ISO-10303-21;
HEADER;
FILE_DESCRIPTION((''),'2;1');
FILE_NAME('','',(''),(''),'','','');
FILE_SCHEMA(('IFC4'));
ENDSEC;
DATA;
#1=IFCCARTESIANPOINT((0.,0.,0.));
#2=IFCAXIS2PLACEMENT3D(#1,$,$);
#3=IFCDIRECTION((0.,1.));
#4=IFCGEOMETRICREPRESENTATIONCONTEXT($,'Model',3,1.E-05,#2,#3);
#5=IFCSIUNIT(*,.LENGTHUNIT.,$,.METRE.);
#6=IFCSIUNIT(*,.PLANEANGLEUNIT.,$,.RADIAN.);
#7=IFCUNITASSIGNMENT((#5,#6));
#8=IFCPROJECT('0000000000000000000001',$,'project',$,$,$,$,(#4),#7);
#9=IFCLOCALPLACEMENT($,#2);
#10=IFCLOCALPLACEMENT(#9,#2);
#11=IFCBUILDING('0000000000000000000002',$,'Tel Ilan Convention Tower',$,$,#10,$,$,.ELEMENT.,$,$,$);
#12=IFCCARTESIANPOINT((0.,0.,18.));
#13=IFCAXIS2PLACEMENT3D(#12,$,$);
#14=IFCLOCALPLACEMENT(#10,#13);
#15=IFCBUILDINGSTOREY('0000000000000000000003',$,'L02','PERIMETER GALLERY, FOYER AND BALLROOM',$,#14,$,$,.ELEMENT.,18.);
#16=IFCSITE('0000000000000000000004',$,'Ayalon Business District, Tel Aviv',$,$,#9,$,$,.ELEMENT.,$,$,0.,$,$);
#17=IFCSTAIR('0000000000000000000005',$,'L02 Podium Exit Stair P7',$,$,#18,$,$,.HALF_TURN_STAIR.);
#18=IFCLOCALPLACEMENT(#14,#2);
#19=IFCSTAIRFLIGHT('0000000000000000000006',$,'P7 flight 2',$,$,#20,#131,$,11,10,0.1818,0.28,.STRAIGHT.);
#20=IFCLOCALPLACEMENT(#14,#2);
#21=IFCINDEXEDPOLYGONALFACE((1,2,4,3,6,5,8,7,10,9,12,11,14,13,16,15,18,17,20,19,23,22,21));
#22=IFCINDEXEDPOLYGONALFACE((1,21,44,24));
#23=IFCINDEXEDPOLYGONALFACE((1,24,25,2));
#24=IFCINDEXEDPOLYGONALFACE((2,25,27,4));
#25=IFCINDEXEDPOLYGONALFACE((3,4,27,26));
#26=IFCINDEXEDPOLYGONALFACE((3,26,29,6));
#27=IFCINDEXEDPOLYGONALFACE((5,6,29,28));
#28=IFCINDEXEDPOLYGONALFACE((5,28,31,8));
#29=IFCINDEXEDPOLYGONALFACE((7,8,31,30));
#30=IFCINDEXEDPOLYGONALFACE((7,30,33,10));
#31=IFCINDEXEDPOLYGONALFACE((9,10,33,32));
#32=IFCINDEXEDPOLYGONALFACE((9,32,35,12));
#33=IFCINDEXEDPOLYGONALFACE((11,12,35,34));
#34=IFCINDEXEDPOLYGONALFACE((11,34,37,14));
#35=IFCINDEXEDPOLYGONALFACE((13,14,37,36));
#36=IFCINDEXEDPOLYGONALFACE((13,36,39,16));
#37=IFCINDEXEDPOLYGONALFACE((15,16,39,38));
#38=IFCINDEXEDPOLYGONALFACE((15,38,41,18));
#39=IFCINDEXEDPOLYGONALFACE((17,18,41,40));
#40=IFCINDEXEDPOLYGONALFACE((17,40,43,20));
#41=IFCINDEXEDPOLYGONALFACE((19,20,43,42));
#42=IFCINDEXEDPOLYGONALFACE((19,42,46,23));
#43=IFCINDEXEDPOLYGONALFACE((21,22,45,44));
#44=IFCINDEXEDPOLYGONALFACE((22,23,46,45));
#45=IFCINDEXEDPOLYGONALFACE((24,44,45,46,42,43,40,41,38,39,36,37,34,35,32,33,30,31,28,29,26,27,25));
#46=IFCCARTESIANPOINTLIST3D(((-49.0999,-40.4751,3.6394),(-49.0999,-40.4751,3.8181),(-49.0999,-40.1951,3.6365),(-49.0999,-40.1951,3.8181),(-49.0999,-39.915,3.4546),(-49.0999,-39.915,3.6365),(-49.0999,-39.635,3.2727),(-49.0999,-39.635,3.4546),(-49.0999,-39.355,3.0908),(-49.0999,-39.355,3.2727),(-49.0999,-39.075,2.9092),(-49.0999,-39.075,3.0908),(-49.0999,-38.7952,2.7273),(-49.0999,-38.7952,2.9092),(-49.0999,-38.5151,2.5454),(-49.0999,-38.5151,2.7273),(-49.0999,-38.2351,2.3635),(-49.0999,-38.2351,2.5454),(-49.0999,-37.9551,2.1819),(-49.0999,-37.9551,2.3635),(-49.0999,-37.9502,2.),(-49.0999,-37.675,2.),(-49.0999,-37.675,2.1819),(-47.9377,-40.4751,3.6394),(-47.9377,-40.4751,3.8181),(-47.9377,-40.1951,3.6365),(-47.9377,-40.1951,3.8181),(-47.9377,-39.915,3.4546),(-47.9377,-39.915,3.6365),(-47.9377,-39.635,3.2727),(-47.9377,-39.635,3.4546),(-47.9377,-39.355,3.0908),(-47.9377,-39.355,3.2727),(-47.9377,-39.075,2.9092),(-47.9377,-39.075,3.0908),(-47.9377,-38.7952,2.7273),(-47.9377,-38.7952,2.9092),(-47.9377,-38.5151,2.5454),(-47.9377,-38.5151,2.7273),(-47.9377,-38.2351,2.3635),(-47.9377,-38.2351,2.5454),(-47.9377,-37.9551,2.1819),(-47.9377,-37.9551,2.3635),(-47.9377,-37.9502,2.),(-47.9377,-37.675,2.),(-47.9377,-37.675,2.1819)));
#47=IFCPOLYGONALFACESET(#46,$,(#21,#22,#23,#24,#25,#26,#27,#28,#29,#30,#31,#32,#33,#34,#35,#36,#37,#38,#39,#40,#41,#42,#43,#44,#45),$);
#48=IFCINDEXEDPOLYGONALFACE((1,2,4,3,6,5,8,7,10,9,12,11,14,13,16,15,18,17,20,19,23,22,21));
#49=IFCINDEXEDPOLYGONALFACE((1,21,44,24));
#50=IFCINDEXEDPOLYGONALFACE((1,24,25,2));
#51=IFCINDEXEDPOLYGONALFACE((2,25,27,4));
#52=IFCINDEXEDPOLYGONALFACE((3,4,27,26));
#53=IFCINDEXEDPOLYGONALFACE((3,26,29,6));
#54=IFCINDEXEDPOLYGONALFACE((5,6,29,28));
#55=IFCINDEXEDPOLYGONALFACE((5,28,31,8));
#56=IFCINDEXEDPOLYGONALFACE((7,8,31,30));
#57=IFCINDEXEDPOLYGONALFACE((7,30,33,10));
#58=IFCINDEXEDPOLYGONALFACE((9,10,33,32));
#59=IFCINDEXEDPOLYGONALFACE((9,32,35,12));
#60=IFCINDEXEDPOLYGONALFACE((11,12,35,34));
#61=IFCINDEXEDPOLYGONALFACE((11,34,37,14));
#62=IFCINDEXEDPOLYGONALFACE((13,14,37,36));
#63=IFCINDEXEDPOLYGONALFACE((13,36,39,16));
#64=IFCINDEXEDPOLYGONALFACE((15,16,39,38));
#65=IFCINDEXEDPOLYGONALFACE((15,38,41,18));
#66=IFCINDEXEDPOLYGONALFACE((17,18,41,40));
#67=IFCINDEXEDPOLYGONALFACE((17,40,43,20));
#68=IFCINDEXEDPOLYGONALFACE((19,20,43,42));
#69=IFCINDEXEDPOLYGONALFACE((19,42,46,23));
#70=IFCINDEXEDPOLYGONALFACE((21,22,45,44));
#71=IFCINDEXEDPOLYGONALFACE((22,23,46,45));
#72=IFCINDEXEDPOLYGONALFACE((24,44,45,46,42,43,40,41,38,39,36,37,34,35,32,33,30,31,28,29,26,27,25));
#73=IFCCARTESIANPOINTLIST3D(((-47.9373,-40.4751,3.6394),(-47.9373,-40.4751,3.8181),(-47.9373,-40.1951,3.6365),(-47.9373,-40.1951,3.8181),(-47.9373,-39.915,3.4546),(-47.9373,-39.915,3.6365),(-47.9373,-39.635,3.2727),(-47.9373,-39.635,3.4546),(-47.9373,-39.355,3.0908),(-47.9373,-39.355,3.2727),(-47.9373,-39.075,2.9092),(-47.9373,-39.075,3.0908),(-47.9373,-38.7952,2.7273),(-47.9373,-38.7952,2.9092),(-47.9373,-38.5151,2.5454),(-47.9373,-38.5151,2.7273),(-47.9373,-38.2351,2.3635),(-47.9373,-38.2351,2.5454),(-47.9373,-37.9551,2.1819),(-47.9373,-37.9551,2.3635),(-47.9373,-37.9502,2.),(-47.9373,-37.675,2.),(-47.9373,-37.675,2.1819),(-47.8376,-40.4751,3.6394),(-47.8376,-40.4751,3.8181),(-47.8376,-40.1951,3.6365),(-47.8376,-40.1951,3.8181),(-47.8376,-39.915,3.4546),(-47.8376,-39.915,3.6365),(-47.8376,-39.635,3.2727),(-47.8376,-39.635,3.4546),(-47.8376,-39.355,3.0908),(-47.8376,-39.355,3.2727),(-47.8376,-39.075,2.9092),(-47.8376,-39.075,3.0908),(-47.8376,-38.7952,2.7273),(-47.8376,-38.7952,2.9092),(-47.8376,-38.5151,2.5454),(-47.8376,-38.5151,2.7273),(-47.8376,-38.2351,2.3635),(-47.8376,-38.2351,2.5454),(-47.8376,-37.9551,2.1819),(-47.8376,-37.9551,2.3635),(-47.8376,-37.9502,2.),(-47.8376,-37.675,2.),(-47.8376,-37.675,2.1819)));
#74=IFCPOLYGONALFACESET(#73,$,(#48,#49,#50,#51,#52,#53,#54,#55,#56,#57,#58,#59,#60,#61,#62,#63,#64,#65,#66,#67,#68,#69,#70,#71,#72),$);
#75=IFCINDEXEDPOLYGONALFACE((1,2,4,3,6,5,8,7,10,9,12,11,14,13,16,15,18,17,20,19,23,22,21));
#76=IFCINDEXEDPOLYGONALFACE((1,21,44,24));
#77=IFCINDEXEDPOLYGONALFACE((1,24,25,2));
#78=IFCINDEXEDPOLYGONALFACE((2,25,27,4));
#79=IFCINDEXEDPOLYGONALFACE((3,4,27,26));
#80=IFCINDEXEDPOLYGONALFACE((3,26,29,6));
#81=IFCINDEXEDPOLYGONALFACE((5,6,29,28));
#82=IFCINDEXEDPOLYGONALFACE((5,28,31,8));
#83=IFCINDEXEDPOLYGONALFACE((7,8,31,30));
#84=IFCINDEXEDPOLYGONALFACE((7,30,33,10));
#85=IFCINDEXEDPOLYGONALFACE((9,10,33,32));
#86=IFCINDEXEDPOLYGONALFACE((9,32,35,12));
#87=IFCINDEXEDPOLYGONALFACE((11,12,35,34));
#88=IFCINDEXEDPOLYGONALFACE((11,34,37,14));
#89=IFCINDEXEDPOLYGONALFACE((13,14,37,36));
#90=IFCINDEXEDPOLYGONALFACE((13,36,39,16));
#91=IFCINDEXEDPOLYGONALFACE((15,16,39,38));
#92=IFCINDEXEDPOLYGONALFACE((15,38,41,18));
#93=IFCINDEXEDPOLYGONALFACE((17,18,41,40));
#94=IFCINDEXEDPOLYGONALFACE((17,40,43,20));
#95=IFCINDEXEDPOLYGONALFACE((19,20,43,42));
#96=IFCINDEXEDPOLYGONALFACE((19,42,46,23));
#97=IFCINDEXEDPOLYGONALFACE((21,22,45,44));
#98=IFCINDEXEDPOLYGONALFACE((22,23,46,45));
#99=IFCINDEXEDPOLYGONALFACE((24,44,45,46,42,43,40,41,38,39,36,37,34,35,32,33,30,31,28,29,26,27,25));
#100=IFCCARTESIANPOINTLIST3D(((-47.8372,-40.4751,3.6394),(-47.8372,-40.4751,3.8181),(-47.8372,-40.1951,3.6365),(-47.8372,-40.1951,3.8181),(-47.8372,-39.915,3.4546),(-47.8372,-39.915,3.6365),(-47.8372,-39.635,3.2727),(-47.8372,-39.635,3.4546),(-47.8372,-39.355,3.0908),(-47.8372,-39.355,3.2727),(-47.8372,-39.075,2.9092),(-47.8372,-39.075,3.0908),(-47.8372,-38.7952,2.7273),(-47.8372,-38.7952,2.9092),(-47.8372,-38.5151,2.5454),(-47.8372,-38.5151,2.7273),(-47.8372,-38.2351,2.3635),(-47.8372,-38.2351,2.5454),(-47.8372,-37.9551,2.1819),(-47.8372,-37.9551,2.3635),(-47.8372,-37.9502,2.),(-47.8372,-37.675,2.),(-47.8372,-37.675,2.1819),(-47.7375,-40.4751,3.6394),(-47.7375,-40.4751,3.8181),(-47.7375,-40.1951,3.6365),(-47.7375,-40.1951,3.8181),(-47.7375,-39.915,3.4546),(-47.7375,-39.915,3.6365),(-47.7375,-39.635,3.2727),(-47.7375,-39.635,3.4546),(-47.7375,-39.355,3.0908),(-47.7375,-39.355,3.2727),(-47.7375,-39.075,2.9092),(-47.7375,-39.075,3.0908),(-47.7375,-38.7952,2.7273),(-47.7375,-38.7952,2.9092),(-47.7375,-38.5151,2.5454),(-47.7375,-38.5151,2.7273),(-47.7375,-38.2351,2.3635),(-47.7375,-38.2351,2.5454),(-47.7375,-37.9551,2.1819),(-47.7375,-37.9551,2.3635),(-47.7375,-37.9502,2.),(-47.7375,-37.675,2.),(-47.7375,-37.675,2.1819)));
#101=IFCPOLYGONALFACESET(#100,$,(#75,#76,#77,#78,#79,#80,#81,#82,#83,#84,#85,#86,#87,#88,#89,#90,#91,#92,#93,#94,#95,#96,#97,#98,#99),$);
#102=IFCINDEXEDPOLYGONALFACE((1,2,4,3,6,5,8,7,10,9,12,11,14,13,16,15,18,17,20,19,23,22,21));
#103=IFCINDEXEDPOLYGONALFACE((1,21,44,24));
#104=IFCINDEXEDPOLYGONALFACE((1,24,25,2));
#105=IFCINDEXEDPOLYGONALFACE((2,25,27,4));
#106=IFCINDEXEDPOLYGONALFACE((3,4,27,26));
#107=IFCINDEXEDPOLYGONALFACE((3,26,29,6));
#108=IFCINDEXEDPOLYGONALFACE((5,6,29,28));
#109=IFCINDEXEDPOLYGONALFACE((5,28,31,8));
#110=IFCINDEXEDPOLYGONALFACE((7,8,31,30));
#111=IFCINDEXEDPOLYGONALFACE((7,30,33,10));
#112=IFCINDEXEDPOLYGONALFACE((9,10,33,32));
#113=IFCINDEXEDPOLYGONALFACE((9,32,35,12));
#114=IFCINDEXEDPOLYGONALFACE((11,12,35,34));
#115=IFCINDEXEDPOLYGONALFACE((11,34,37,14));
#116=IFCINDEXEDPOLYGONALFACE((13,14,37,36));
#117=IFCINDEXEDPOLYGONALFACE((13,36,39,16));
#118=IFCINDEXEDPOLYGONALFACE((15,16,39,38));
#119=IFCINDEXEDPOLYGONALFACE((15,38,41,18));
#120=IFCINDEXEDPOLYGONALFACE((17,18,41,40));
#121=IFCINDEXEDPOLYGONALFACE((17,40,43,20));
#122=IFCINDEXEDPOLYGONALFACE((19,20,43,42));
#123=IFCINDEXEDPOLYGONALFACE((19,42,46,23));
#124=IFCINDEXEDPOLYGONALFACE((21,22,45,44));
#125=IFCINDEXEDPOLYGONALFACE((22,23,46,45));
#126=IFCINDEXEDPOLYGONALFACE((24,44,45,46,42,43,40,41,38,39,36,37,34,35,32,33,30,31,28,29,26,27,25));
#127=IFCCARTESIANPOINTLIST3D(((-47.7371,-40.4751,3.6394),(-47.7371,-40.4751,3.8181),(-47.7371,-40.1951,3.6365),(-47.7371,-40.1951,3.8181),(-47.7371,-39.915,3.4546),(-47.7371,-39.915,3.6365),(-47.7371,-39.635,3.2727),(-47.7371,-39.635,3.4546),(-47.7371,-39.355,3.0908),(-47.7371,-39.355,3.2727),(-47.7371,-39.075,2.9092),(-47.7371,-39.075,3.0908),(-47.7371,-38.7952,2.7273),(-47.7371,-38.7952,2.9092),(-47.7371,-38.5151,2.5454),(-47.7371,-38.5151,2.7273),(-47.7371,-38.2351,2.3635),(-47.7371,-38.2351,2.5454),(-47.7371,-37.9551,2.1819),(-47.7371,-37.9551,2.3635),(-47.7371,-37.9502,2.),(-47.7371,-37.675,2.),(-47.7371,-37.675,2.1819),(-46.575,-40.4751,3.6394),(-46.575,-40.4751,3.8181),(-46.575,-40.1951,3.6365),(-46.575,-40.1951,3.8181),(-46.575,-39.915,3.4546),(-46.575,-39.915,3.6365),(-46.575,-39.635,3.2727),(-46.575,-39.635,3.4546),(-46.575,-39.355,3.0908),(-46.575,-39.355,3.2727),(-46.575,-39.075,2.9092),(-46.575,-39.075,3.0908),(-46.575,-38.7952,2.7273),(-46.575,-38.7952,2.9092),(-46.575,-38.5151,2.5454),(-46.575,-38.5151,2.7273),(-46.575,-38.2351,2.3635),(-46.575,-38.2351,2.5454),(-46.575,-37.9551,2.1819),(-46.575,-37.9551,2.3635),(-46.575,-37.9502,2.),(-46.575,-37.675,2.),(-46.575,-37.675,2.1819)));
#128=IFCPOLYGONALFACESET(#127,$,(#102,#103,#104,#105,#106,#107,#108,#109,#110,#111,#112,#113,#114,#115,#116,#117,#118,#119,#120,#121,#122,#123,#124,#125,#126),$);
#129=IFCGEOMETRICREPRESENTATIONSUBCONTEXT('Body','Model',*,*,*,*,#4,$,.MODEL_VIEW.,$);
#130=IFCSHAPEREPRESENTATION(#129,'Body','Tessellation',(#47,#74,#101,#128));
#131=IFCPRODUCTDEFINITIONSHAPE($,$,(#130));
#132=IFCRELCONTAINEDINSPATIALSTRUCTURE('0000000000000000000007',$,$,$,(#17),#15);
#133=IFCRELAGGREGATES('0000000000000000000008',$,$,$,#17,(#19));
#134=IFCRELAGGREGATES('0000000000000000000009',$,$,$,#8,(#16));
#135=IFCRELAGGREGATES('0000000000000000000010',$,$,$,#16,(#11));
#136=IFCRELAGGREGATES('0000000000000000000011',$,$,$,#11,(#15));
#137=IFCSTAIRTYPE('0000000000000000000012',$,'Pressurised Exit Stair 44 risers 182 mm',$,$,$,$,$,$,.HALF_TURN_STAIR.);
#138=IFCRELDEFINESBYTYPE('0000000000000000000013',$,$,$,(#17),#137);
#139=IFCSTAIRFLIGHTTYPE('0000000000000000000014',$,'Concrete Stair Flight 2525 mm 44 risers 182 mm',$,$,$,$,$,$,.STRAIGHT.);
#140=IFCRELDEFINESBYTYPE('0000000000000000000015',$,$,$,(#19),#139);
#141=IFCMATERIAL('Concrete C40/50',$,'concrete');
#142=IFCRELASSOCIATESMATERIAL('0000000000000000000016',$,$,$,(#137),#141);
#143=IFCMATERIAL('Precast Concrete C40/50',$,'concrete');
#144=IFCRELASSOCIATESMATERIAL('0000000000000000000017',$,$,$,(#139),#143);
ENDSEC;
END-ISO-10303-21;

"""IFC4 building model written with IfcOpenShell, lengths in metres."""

from ifc_helpers import new_model, si_unit, direction, frame, origin, place, context, subcontext, project, spatial, polyline, outline, extrude, material, type_object, element, aggregate, save


model = new_model("IFC4")

# Units and contexts
model_context = context("Model", 3, precision=1e-05, world=origin(), true_north=direction((0.0, 1.0)))
body_context = subcontext(model_context, "Body", "Model", "MODEL_VIEW")
ifc_project = project(units=[si_unit("LENGTHUNIT", "METRE"), si_unit("PLANEANGLEUNIT", "RADIAN")], contexts=[model_context])

# Site, building, storey
site_placement = place(None, origin())
site = spatial("IfcSite", under=ifc_project, at=site_placement, Name="Ayalon Business District, Tel Aviv", CompositionType="ELEMENT", RefElevation=0.0)
building_placement = place(site_placement, origin())
building = spatial("IfcBuilding", under=site, at=building_placement, Name="Tel Ilan Convention Tower", CompositionType="ELEMENT")
storey_placement = place(building_placement, frame((0.0, 0.0, 18.0)))
storey = spatial("IfcBuildingStorey", under=building, at=storey_placement, Name="L02", Description="PERIMETER GALLERY, FOYER AND BALLROOM", CompositionType="ELEMENT", Elevation=18.0)

# Stair, stair flight
ifc_material_1 = material(Name="Concrete C40/50", Category="concrete")
stair_type = type_object("IfcStairType", Name="Pressurised Exit Stair 44 risers 182 mm", PredefinedType="HALF_TURN_STAIR", material=ifc_material_1)
stair_placement = place(storey_placement, origin())
stair = element("IfcStair", 1, at=stair_placement, inside=storey, type_object=stair_type, Name="L02 Podium Exit Stair P7", PredefinedType="HALF_TURN_STAIR")
ifc_material_2 = material(Name="Precast Concrete C40/50", Category="concrete")
stair_flight_type = type_object("IfcStairFlightType", Name="Concrete Stair Flight 2525 mm 44 risers 182 mm", PredefinedType="STRAIGHT", material=ifc_material_2)
stair_flight_1_placement = place(storey_placement, frame((-47.8374, -37.675, 2.0), z_axis=(0.0, 0.0, 1.0), x_axis=(0.0, -1.0, 0.0)))
stair_flight_1 = element("IfcStairFlight", 2, at=stair_flight_1_placement, type_object=stair_flight_type, Name="P7 flight 2", NumberOfRisers=11, NumberOfTreads=10, PredefinedType="STRAIGHT", RiserHeight=0.1818, TreadLength=0.28, context=body_context, shape_type="SweptSolid", body=[
    extrude(outline(polyline([(0.0, 0.0), (0.0, 0.1819), (0.28, 0.1819), (0.28, 0.3635), (0.5601, 0.3635), (0.5601, 0.5454), (0.8401, 0.5454), (0.8401, 0.7273), (1.1201, 0.7273), (1.1201, 0.9092), (1.3999, 0.9092), (1.3999, 1.0908), (1.6799, 1.0908), (1.6799, 1.2727), (1.96, 1.2727), (1.96, 1.4546), (2.24, 1.4546), (2.24, 1.6365), (2.52, 1.6365), (2.52, 1.8181), (2.8, 1.8181), (2.8, 2.0), (2.8, 1.6394), (0.2751, 0.0), (0.0, 0.0)])), frame((0.0, -0.1003, 0.0), z_axis=(0.0, -1.0, 0.0), x_axis=(1.0, 0.0, 0.0)), (0.0, 0.0, 1.0), 1.1621),
    extrude(outline(polyline([(0.0, 0.0), (0.0, 0.1819), (0.28, 0.1819), (0.28, 0.3635), (0.5601, 0.3635), (0.5601, 0.5454), (0.8401, 0.5454), (0.8401, 0.7273), (1.1201, 0.7273), (1.1201, 0.9092), (1.3999, 0.9092), (1.3999, 1.0908), (1.6799, 1.0908), (1.6799, 1.2727), (1.96, 1.2727), (1.96, 1.4546), (2.24, 1.4546), (2.24, 1.6365), (2.52, 1.6365), (2.52, 1.8181), (2.8, 1.8181), (2.8, 2.0), (2.8, 1.6394), (0.2751, 0.0), (0.0, 0.0)])), frame((0.0, -0.0002, 0.0), z_axis=(0.0, -1.0, 0.0), x_axis=(1.0, 0.0, 0.0)), (0.0, 0.0, 1.0), 0.0996),
    extrude(outline(polyline([(0.0, 0.0), (0.0, 0.1819), (0.28, 0.1819), (0.28, 0.3635), (0.5601, 0.3635), (0.5601, 0.5454), (0.8401, 0.5454), (0.8401, 0.7273), (1.1201, 0.7273), (1.1201, 0.9092), (1.3999, 0.9092), (1.3999, 1.0908), (1.6799, 1.0908), (1.6799, 1.2727), (1.96, 1.2727), (1.96, 1.4546), (2.24, 1.4546), (2.24, 1.6365), (2.52, 1.6365), (2.52, 1.8181), (2.8, 1.8181), (2.8, 2.0), (2.8, 1.6394), (0.2751, 0.0), (0.0, 0.0)])), frame((0.0, 0.0999, 0.0), z_axis=(0.0, -1.0, 0.0), x_axis=(1.0, 0.0, 0.0)), (0.0, 0.0, 1.0), 0.0996),
    extrude(outline(polyline([(0.0, 0.0), (0.0, 0.1819), (0.28, 0.1819), (0.28, 0.3635), (0.5601, 0.3635), (0.5601, 0.5454), (0.8401, 0.5454), (0.8401, 0.7273), (1.1201, 0.7273), (1.1201, 0.9092), (1.3999, 0.9092), (1.3999, 1.0908), (1.6799, 1.0908), (1.6799, 1.2727), (1.96, 1.2727), (1.96, 1.4546), (2.24, 1.4546), (2.24, 1.6365), (2.52, 1.6365), (2.52, 1.8181), (2.8, 1.8181), (2.8, 2.0), (2.8, 1.6394), (0.2751, 0.0), (0.0, 0.0)])), frame((0.0, 1.2625, 0.0), z_axis=(0.0, -1.0, 0.0), x_axis=(1.0, 0.0, 0.0)), (0.0, 0.0, 1.0), 1.1621),
])
aggregate(stair, [stair_flight_1])

save(model, "model.ifc")
